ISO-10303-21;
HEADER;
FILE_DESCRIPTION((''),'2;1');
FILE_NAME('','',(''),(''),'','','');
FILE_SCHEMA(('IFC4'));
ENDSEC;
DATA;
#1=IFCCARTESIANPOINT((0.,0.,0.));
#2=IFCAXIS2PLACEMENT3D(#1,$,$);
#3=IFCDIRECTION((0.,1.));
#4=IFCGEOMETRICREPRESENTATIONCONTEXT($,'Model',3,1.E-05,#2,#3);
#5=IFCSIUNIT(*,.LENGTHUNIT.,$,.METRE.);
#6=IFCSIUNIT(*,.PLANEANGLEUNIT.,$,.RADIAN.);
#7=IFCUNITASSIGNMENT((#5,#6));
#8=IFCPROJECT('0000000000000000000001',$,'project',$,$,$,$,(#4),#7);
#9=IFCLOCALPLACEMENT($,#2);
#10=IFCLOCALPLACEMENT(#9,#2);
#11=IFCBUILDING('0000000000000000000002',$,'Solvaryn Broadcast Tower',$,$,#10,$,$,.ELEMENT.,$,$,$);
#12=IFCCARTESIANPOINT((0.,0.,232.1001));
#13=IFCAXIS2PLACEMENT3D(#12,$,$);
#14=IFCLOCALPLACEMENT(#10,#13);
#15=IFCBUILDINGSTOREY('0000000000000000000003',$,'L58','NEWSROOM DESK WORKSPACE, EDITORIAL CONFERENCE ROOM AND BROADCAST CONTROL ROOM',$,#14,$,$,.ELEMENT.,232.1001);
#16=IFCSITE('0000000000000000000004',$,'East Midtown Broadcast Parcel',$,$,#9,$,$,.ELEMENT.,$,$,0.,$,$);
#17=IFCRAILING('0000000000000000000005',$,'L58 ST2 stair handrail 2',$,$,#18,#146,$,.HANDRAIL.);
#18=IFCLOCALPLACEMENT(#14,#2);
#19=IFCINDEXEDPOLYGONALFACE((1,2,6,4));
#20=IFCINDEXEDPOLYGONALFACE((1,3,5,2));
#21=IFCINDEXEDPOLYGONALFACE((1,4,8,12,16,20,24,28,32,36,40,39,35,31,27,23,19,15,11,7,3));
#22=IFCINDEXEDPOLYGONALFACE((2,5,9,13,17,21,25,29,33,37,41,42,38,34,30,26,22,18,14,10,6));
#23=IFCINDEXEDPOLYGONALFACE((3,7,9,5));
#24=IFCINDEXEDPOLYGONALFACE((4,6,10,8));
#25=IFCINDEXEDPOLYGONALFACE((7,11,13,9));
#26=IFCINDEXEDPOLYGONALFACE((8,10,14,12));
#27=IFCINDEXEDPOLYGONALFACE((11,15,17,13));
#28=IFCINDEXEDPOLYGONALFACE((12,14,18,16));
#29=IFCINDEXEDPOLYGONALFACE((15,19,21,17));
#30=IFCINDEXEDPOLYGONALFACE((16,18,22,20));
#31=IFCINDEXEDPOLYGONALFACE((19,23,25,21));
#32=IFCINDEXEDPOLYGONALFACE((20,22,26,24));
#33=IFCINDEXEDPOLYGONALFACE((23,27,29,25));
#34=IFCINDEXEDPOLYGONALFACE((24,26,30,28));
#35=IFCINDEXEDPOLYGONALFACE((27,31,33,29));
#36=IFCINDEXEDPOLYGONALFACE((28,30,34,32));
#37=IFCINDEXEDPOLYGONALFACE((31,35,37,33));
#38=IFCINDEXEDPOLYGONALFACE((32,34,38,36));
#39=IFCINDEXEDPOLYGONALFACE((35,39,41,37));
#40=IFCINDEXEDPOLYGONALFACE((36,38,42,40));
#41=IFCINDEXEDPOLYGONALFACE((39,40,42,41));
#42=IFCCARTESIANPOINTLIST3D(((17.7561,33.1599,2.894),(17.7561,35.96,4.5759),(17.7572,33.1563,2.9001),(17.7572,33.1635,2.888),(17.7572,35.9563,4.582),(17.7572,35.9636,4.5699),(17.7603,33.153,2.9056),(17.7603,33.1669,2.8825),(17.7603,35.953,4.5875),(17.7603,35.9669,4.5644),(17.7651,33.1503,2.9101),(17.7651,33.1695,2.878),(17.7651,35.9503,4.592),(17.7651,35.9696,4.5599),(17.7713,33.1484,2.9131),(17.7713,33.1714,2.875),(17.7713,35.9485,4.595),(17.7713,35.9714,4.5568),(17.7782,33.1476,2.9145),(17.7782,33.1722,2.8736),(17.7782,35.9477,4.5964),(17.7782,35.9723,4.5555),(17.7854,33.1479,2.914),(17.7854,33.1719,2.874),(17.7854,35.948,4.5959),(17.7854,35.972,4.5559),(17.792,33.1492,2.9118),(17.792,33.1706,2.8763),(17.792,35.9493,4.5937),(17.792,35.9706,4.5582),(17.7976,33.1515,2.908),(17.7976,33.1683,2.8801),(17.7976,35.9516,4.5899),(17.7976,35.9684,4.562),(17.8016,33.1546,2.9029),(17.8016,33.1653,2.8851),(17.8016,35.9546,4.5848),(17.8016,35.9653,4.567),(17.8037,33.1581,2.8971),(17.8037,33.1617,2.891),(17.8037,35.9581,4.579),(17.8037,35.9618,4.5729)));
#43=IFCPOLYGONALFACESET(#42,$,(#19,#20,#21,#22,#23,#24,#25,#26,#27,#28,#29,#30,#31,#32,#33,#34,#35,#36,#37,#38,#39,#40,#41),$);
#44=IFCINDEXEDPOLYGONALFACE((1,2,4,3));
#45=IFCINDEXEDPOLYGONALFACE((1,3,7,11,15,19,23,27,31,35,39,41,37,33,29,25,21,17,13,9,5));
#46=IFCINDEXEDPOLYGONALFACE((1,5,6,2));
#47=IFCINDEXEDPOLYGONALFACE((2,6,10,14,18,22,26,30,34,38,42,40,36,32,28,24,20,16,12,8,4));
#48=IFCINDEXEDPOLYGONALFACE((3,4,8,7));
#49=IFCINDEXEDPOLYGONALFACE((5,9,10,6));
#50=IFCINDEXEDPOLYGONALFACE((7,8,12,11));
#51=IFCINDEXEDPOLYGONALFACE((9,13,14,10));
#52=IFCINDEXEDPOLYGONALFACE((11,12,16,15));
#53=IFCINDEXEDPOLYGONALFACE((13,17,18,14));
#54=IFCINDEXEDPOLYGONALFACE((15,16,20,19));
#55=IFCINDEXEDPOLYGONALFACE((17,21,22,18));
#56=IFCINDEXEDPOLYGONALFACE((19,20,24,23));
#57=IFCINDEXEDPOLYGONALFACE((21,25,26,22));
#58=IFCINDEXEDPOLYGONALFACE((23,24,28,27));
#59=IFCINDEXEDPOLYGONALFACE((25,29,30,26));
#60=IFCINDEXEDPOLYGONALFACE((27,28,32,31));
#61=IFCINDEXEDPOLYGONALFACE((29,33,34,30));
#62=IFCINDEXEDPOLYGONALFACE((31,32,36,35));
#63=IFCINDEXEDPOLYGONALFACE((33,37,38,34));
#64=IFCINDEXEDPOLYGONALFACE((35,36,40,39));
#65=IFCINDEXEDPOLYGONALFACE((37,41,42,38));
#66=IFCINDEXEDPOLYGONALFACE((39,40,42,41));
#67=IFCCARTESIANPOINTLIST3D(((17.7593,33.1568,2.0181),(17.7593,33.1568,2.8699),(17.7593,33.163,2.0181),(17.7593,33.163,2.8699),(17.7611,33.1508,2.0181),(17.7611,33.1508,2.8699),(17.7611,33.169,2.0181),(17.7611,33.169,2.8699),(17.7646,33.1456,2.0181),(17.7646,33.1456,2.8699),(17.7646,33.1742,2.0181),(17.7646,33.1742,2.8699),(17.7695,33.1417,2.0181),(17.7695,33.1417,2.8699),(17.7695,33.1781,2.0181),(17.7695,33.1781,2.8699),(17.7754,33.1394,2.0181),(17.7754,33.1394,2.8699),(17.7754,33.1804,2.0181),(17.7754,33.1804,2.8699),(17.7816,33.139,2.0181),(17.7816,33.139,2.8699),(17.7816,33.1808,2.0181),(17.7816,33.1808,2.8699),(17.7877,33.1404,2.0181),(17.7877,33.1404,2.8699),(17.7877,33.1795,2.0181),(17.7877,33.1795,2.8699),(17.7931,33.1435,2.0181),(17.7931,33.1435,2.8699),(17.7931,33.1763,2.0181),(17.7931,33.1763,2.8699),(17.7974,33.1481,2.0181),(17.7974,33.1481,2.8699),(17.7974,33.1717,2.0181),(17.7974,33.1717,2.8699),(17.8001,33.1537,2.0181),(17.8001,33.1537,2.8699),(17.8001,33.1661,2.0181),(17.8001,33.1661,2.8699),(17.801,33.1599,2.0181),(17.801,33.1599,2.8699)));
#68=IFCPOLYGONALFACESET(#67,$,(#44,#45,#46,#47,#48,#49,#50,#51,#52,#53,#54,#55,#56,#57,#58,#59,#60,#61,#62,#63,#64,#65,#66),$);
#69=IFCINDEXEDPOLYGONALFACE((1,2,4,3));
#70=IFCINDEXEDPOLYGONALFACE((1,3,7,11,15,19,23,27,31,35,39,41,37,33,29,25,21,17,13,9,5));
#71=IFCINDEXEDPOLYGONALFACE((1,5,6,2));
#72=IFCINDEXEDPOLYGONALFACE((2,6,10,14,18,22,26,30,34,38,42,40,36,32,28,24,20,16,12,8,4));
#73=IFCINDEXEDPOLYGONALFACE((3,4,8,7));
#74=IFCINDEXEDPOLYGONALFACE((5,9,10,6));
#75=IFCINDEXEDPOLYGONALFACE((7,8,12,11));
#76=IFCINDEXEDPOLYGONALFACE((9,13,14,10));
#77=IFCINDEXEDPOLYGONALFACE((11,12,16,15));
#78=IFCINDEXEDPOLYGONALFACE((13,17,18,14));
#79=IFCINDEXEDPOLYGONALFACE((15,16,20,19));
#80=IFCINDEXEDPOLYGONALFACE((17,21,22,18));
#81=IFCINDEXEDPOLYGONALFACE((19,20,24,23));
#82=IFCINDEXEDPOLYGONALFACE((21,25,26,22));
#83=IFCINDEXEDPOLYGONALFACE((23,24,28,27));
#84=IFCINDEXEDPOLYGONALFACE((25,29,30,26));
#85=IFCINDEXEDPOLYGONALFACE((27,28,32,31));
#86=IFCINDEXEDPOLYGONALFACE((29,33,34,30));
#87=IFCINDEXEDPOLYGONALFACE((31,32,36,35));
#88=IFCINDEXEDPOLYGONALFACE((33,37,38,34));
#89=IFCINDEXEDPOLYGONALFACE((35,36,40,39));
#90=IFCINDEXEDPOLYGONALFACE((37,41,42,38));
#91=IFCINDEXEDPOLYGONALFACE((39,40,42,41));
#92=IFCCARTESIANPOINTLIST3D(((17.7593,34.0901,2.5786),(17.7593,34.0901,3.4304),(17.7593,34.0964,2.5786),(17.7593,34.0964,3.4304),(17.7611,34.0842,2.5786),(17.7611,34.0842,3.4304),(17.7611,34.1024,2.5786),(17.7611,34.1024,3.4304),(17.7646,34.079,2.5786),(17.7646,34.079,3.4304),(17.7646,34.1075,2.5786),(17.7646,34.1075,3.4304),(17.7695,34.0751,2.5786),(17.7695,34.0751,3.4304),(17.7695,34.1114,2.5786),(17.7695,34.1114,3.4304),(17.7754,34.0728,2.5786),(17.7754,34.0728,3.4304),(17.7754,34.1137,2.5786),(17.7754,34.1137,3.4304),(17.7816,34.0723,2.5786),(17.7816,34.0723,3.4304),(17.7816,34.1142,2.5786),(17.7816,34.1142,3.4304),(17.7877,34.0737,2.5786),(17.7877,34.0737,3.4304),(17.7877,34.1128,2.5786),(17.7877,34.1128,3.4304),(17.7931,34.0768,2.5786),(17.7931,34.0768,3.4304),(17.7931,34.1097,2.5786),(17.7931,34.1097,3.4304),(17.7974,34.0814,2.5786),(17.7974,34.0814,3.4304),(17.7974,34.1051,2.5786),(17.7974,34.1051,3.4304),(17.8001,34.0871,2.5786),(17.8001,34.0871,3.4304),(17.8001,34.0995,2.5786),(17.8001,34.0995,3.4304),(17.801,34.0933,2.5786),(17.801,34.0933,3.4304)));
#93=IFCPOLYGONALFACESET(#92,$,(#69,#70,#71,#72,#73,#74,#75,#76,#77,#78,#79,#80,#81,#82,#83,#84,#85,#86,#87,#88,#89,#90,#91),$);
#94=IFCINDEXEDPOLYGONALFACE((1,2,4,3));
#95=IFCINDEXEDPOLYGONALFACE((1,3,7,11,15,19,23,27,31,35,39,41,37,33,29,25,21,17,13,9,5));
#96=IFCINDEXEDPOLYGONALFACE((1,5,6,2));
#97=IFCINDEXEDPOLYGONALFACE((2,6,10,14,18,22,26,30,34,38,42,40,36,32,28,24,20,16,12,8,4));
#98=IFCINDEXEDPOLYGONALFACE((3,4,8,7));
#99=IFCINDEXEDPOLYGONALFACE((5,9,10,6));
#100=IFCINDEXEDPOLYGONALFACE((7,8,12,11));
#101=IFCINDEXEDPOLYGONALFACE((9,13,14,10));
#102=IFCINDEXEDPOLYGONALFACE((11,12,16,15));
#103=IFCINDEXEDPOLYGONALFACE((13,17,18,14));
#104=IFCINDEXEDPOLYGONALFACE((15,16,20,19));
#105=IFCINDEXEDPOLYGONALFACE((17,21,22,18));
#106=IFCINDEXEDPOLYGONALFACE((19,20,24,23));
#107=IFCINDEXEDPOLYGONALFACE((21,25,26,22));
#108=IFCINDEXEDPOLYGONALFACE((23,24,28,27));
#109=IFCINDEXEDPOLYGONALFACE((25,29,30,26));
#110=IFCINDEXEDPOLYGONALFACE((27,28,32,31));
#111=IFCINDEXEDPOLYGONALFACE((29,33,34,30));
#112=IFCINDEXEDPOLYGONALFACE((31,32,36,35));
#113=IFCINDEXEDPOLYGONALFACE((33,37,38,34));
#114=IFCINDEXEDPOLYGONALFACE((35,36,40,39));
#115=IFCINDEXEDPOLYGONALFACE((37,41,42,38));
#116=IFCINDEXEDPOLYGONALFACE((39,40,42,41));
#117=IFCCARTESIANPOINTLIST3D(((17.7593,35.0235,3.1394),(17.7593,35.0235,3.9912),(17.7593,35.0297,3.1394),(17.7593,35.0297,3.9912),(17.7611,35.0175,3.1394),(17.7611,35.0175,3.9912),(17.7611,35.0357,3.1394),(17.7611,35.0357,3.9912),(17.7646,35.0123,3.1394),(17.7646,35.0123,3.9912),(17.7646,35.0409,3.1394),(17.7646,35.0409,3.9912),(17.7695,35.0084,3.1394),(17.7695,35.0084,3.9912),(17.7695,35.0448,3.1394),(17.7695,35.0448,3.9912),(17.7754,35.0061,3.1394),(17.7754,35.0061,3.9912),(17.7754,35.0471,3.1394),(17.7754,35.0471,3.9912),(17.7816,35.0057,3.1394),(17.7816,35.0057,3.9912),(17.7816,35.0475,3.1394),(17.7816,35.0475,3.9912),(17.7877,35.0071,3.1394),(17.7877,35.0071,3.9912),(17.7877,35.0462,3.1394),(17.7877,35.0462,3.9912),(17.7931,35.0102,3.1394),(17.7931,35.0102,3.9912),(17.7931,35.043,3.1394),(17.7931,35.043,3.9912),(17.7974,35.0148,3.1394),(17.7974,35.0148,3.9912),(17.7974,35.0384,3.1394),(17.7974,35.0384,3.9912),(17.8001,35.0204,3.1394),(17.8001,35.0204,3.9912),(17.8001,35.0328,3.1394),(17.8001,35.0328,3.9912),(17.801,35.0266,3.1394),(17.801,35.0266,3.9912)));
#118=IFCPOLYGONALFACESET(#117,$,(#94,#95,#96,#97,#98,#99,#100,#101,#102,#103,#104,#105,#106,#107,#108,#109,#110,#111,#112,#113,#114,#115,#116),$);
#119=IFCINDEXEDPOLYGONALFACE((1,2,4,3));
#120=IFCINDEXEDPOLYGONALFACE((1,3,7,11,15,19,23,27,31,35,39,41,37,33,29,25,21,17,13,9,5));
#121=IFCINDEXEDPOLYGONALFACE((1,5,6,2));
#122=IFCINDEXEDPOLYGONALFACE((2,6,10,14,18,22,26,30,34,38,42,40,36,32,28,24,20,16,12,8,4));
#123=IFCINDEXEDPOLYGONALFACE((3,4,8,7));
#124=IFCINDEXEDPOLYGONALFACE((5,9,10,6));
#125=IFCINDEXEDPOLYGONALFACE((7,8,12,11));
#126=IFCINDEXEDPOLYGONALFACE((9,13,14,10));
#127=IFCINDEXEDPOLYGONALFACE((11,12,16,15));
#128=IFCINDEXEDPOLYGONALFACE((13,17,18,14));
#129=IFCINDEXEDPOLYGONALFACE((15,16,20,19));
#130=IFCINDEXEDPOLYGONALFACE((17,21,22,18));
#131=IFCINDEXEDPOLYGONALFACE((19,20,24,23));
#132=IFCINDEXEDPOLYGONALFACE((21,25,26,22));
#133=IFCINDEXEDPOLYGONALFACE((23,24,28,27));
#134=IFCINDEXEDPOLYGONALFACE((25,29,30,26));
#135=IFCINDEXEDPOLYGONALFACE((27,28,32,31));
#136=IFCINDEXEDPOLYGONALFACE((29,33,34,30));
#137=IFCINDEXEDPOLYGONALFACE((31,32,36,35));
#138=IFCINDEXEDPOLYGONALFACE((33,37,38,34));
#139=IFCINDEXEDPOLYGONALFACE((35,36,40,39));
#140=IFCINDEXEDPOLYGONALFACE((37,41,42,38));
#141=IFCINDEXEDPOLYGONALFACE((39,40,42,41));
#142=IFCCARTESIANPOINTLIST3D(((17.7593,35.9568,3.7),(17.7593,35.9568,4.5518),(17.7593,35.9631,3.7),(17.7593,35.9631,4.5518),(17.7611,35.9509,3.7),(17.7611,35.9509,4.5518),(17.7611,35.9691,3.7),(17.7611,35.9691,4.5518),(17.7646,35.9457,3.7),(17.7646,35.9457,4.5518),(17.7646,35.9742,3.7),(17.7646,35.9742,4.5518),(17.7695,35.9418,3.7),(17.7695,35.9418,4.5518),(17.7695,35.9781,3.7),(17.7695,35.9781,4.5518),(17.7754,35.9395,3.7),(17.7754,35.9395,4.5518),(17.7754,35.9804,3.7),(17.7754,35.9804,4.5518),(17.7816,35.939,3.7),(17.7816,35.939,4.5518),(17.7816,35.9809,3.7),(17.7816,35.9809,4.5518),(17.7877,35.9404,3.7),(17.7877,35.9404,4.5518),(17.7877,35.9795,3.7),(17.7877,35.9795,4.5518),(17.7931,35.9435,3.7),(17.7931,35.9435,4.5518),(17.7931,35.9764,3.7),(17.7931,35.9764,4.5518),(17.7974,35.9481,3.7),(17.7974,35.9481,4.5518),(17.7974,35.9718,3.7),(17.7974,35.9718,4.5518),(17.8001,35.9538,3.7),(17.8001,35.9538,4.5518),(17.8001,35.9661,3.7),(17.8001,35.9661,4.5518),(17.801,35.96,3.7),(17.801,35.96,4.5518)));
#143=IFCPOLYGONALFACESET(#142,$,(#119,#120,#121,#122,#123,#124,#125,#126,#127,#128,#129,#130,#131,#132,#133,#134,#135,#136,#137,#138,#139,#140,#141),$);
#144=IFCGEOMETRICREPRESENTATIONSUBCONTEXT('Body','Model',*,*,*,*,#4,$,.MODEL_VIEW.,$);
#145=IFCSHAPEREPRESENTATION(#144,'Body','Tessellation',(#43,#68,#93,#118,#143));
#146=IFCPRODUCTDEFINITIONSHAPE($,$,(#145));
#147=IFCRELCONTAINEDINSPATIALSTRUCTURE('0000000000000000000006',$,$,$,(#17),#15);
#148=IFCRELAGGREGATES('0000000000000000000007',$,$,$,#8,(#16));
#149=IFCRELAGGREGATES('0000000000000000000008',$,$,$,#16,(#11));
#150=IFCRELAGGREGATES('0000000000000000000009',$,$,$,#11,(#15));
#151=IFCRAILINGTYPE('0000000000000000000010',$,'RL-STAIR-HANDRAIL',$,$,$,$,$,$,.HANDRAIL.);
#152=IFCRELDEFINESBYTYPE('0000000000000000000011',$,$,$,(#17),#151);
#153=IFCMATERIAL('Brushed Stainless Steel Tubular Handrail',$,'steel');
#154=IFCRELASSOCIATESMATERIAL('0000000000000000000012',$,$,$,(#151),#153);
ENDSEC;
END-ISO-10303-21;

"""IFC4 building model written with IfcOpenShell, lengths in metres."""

from ifc_helpers import new_model, si_unit, direction, frame, origin, origin_2d, place, context, subcontext, project, spatial, circle, extrude, material, type_object, element, save


model = new_model("IFC4")

# Units and contexts
model_context = context("Model", 3, precision=1e-05, world=origin(), true_north=direction((0.0, 1.0)))
body_context = subcontext(model_context, "Body", "Model", "MODEL_VIEW")
ifc_project = project(units=[si_unit("LENGTHUNIT", "METRE"), si_unit("PLANEANGLEUNIT", "RADIAN")], contexts=[model_context])

# Site, building, storey
site_placement = place(None, origin())
site = spatial("IfcSite", under=ifc_project, at=site_placement, Name="East Midtown Broadcast Parcel", CompositionType="ELEMENT", RefElevation=0.0)
building_placement = place(site_placement, origin())
building = spatial("IfcBuilding", under=site, at=building_placement, Name="Solvaryn Broadcast Tower", CompositionType="ELEMENT")
storey_placement = place(building_placement, frame((0.0, 0.0, 232.1001)))
storey = spatial("IfcBuildingStorey", under=building, at=storey_placement, Name="L58", Description="NEWSROOM DESK WORKSPACE, EDITORIAL CONFERENCE ROOM AND BROADCAST CONTROL ROOM", CompositionType="ELEMENT", Elevation=232.1001)

# Railing
ifc_material_1 = material(Name="Brushed Stainless Steel Tubular Handrail", Category="steel")
railing_type_1 = type_object("IfcRailingType", Name="RL-STAIR-HANDRAIL", PredefinedType="HANDRAIL", material=ifc_material_1)
railing_1_placement = place(storey_placement, frame((17.78, 33.1599, 2.0181)))
element("IfcRailing", 1, at=railing_1_placement, inside=storey, type_object=railing_type_1, Name="L58 ST2 stair handrail 2", PredefinedType="HANDRAIL", context=body_context, shape_type="SweptSolid", body=[
    extrude(circle(Radius=0.0239, at=origin_2d()), frame((0.0, 0.0, 0.876), z_axis=(0.0, 0.857242, 0.514913), x_axis=(-1.0, 0.0, 0.0)), (0.0, 0.0, 1.0), 3.2664),
    extrude(circle(Radius=0.021, at=origin_2d()), origin(), (0.0, 0.0, 1.0), 0.8518),
    extrude(circle(Radius=0.021, at=origin_2d()), frame((0.0, 0.9333, 0.5605)), (0.0, 0.0, 1.0), 0.8518),
    extrude(circle(Radius=0.021, at=origin_2d()), frame((0.0, 1.8667, 1.1213)), (0.0, 0.0, 1.0), 0.8518),
    extrude(circle(Radius=0.021, at=origin_2d()), frame((0.0, 2.8, 1.6819)), (0.0, 0.0, 1.0), 0.8518),
])

save(model, "model.ifc")
